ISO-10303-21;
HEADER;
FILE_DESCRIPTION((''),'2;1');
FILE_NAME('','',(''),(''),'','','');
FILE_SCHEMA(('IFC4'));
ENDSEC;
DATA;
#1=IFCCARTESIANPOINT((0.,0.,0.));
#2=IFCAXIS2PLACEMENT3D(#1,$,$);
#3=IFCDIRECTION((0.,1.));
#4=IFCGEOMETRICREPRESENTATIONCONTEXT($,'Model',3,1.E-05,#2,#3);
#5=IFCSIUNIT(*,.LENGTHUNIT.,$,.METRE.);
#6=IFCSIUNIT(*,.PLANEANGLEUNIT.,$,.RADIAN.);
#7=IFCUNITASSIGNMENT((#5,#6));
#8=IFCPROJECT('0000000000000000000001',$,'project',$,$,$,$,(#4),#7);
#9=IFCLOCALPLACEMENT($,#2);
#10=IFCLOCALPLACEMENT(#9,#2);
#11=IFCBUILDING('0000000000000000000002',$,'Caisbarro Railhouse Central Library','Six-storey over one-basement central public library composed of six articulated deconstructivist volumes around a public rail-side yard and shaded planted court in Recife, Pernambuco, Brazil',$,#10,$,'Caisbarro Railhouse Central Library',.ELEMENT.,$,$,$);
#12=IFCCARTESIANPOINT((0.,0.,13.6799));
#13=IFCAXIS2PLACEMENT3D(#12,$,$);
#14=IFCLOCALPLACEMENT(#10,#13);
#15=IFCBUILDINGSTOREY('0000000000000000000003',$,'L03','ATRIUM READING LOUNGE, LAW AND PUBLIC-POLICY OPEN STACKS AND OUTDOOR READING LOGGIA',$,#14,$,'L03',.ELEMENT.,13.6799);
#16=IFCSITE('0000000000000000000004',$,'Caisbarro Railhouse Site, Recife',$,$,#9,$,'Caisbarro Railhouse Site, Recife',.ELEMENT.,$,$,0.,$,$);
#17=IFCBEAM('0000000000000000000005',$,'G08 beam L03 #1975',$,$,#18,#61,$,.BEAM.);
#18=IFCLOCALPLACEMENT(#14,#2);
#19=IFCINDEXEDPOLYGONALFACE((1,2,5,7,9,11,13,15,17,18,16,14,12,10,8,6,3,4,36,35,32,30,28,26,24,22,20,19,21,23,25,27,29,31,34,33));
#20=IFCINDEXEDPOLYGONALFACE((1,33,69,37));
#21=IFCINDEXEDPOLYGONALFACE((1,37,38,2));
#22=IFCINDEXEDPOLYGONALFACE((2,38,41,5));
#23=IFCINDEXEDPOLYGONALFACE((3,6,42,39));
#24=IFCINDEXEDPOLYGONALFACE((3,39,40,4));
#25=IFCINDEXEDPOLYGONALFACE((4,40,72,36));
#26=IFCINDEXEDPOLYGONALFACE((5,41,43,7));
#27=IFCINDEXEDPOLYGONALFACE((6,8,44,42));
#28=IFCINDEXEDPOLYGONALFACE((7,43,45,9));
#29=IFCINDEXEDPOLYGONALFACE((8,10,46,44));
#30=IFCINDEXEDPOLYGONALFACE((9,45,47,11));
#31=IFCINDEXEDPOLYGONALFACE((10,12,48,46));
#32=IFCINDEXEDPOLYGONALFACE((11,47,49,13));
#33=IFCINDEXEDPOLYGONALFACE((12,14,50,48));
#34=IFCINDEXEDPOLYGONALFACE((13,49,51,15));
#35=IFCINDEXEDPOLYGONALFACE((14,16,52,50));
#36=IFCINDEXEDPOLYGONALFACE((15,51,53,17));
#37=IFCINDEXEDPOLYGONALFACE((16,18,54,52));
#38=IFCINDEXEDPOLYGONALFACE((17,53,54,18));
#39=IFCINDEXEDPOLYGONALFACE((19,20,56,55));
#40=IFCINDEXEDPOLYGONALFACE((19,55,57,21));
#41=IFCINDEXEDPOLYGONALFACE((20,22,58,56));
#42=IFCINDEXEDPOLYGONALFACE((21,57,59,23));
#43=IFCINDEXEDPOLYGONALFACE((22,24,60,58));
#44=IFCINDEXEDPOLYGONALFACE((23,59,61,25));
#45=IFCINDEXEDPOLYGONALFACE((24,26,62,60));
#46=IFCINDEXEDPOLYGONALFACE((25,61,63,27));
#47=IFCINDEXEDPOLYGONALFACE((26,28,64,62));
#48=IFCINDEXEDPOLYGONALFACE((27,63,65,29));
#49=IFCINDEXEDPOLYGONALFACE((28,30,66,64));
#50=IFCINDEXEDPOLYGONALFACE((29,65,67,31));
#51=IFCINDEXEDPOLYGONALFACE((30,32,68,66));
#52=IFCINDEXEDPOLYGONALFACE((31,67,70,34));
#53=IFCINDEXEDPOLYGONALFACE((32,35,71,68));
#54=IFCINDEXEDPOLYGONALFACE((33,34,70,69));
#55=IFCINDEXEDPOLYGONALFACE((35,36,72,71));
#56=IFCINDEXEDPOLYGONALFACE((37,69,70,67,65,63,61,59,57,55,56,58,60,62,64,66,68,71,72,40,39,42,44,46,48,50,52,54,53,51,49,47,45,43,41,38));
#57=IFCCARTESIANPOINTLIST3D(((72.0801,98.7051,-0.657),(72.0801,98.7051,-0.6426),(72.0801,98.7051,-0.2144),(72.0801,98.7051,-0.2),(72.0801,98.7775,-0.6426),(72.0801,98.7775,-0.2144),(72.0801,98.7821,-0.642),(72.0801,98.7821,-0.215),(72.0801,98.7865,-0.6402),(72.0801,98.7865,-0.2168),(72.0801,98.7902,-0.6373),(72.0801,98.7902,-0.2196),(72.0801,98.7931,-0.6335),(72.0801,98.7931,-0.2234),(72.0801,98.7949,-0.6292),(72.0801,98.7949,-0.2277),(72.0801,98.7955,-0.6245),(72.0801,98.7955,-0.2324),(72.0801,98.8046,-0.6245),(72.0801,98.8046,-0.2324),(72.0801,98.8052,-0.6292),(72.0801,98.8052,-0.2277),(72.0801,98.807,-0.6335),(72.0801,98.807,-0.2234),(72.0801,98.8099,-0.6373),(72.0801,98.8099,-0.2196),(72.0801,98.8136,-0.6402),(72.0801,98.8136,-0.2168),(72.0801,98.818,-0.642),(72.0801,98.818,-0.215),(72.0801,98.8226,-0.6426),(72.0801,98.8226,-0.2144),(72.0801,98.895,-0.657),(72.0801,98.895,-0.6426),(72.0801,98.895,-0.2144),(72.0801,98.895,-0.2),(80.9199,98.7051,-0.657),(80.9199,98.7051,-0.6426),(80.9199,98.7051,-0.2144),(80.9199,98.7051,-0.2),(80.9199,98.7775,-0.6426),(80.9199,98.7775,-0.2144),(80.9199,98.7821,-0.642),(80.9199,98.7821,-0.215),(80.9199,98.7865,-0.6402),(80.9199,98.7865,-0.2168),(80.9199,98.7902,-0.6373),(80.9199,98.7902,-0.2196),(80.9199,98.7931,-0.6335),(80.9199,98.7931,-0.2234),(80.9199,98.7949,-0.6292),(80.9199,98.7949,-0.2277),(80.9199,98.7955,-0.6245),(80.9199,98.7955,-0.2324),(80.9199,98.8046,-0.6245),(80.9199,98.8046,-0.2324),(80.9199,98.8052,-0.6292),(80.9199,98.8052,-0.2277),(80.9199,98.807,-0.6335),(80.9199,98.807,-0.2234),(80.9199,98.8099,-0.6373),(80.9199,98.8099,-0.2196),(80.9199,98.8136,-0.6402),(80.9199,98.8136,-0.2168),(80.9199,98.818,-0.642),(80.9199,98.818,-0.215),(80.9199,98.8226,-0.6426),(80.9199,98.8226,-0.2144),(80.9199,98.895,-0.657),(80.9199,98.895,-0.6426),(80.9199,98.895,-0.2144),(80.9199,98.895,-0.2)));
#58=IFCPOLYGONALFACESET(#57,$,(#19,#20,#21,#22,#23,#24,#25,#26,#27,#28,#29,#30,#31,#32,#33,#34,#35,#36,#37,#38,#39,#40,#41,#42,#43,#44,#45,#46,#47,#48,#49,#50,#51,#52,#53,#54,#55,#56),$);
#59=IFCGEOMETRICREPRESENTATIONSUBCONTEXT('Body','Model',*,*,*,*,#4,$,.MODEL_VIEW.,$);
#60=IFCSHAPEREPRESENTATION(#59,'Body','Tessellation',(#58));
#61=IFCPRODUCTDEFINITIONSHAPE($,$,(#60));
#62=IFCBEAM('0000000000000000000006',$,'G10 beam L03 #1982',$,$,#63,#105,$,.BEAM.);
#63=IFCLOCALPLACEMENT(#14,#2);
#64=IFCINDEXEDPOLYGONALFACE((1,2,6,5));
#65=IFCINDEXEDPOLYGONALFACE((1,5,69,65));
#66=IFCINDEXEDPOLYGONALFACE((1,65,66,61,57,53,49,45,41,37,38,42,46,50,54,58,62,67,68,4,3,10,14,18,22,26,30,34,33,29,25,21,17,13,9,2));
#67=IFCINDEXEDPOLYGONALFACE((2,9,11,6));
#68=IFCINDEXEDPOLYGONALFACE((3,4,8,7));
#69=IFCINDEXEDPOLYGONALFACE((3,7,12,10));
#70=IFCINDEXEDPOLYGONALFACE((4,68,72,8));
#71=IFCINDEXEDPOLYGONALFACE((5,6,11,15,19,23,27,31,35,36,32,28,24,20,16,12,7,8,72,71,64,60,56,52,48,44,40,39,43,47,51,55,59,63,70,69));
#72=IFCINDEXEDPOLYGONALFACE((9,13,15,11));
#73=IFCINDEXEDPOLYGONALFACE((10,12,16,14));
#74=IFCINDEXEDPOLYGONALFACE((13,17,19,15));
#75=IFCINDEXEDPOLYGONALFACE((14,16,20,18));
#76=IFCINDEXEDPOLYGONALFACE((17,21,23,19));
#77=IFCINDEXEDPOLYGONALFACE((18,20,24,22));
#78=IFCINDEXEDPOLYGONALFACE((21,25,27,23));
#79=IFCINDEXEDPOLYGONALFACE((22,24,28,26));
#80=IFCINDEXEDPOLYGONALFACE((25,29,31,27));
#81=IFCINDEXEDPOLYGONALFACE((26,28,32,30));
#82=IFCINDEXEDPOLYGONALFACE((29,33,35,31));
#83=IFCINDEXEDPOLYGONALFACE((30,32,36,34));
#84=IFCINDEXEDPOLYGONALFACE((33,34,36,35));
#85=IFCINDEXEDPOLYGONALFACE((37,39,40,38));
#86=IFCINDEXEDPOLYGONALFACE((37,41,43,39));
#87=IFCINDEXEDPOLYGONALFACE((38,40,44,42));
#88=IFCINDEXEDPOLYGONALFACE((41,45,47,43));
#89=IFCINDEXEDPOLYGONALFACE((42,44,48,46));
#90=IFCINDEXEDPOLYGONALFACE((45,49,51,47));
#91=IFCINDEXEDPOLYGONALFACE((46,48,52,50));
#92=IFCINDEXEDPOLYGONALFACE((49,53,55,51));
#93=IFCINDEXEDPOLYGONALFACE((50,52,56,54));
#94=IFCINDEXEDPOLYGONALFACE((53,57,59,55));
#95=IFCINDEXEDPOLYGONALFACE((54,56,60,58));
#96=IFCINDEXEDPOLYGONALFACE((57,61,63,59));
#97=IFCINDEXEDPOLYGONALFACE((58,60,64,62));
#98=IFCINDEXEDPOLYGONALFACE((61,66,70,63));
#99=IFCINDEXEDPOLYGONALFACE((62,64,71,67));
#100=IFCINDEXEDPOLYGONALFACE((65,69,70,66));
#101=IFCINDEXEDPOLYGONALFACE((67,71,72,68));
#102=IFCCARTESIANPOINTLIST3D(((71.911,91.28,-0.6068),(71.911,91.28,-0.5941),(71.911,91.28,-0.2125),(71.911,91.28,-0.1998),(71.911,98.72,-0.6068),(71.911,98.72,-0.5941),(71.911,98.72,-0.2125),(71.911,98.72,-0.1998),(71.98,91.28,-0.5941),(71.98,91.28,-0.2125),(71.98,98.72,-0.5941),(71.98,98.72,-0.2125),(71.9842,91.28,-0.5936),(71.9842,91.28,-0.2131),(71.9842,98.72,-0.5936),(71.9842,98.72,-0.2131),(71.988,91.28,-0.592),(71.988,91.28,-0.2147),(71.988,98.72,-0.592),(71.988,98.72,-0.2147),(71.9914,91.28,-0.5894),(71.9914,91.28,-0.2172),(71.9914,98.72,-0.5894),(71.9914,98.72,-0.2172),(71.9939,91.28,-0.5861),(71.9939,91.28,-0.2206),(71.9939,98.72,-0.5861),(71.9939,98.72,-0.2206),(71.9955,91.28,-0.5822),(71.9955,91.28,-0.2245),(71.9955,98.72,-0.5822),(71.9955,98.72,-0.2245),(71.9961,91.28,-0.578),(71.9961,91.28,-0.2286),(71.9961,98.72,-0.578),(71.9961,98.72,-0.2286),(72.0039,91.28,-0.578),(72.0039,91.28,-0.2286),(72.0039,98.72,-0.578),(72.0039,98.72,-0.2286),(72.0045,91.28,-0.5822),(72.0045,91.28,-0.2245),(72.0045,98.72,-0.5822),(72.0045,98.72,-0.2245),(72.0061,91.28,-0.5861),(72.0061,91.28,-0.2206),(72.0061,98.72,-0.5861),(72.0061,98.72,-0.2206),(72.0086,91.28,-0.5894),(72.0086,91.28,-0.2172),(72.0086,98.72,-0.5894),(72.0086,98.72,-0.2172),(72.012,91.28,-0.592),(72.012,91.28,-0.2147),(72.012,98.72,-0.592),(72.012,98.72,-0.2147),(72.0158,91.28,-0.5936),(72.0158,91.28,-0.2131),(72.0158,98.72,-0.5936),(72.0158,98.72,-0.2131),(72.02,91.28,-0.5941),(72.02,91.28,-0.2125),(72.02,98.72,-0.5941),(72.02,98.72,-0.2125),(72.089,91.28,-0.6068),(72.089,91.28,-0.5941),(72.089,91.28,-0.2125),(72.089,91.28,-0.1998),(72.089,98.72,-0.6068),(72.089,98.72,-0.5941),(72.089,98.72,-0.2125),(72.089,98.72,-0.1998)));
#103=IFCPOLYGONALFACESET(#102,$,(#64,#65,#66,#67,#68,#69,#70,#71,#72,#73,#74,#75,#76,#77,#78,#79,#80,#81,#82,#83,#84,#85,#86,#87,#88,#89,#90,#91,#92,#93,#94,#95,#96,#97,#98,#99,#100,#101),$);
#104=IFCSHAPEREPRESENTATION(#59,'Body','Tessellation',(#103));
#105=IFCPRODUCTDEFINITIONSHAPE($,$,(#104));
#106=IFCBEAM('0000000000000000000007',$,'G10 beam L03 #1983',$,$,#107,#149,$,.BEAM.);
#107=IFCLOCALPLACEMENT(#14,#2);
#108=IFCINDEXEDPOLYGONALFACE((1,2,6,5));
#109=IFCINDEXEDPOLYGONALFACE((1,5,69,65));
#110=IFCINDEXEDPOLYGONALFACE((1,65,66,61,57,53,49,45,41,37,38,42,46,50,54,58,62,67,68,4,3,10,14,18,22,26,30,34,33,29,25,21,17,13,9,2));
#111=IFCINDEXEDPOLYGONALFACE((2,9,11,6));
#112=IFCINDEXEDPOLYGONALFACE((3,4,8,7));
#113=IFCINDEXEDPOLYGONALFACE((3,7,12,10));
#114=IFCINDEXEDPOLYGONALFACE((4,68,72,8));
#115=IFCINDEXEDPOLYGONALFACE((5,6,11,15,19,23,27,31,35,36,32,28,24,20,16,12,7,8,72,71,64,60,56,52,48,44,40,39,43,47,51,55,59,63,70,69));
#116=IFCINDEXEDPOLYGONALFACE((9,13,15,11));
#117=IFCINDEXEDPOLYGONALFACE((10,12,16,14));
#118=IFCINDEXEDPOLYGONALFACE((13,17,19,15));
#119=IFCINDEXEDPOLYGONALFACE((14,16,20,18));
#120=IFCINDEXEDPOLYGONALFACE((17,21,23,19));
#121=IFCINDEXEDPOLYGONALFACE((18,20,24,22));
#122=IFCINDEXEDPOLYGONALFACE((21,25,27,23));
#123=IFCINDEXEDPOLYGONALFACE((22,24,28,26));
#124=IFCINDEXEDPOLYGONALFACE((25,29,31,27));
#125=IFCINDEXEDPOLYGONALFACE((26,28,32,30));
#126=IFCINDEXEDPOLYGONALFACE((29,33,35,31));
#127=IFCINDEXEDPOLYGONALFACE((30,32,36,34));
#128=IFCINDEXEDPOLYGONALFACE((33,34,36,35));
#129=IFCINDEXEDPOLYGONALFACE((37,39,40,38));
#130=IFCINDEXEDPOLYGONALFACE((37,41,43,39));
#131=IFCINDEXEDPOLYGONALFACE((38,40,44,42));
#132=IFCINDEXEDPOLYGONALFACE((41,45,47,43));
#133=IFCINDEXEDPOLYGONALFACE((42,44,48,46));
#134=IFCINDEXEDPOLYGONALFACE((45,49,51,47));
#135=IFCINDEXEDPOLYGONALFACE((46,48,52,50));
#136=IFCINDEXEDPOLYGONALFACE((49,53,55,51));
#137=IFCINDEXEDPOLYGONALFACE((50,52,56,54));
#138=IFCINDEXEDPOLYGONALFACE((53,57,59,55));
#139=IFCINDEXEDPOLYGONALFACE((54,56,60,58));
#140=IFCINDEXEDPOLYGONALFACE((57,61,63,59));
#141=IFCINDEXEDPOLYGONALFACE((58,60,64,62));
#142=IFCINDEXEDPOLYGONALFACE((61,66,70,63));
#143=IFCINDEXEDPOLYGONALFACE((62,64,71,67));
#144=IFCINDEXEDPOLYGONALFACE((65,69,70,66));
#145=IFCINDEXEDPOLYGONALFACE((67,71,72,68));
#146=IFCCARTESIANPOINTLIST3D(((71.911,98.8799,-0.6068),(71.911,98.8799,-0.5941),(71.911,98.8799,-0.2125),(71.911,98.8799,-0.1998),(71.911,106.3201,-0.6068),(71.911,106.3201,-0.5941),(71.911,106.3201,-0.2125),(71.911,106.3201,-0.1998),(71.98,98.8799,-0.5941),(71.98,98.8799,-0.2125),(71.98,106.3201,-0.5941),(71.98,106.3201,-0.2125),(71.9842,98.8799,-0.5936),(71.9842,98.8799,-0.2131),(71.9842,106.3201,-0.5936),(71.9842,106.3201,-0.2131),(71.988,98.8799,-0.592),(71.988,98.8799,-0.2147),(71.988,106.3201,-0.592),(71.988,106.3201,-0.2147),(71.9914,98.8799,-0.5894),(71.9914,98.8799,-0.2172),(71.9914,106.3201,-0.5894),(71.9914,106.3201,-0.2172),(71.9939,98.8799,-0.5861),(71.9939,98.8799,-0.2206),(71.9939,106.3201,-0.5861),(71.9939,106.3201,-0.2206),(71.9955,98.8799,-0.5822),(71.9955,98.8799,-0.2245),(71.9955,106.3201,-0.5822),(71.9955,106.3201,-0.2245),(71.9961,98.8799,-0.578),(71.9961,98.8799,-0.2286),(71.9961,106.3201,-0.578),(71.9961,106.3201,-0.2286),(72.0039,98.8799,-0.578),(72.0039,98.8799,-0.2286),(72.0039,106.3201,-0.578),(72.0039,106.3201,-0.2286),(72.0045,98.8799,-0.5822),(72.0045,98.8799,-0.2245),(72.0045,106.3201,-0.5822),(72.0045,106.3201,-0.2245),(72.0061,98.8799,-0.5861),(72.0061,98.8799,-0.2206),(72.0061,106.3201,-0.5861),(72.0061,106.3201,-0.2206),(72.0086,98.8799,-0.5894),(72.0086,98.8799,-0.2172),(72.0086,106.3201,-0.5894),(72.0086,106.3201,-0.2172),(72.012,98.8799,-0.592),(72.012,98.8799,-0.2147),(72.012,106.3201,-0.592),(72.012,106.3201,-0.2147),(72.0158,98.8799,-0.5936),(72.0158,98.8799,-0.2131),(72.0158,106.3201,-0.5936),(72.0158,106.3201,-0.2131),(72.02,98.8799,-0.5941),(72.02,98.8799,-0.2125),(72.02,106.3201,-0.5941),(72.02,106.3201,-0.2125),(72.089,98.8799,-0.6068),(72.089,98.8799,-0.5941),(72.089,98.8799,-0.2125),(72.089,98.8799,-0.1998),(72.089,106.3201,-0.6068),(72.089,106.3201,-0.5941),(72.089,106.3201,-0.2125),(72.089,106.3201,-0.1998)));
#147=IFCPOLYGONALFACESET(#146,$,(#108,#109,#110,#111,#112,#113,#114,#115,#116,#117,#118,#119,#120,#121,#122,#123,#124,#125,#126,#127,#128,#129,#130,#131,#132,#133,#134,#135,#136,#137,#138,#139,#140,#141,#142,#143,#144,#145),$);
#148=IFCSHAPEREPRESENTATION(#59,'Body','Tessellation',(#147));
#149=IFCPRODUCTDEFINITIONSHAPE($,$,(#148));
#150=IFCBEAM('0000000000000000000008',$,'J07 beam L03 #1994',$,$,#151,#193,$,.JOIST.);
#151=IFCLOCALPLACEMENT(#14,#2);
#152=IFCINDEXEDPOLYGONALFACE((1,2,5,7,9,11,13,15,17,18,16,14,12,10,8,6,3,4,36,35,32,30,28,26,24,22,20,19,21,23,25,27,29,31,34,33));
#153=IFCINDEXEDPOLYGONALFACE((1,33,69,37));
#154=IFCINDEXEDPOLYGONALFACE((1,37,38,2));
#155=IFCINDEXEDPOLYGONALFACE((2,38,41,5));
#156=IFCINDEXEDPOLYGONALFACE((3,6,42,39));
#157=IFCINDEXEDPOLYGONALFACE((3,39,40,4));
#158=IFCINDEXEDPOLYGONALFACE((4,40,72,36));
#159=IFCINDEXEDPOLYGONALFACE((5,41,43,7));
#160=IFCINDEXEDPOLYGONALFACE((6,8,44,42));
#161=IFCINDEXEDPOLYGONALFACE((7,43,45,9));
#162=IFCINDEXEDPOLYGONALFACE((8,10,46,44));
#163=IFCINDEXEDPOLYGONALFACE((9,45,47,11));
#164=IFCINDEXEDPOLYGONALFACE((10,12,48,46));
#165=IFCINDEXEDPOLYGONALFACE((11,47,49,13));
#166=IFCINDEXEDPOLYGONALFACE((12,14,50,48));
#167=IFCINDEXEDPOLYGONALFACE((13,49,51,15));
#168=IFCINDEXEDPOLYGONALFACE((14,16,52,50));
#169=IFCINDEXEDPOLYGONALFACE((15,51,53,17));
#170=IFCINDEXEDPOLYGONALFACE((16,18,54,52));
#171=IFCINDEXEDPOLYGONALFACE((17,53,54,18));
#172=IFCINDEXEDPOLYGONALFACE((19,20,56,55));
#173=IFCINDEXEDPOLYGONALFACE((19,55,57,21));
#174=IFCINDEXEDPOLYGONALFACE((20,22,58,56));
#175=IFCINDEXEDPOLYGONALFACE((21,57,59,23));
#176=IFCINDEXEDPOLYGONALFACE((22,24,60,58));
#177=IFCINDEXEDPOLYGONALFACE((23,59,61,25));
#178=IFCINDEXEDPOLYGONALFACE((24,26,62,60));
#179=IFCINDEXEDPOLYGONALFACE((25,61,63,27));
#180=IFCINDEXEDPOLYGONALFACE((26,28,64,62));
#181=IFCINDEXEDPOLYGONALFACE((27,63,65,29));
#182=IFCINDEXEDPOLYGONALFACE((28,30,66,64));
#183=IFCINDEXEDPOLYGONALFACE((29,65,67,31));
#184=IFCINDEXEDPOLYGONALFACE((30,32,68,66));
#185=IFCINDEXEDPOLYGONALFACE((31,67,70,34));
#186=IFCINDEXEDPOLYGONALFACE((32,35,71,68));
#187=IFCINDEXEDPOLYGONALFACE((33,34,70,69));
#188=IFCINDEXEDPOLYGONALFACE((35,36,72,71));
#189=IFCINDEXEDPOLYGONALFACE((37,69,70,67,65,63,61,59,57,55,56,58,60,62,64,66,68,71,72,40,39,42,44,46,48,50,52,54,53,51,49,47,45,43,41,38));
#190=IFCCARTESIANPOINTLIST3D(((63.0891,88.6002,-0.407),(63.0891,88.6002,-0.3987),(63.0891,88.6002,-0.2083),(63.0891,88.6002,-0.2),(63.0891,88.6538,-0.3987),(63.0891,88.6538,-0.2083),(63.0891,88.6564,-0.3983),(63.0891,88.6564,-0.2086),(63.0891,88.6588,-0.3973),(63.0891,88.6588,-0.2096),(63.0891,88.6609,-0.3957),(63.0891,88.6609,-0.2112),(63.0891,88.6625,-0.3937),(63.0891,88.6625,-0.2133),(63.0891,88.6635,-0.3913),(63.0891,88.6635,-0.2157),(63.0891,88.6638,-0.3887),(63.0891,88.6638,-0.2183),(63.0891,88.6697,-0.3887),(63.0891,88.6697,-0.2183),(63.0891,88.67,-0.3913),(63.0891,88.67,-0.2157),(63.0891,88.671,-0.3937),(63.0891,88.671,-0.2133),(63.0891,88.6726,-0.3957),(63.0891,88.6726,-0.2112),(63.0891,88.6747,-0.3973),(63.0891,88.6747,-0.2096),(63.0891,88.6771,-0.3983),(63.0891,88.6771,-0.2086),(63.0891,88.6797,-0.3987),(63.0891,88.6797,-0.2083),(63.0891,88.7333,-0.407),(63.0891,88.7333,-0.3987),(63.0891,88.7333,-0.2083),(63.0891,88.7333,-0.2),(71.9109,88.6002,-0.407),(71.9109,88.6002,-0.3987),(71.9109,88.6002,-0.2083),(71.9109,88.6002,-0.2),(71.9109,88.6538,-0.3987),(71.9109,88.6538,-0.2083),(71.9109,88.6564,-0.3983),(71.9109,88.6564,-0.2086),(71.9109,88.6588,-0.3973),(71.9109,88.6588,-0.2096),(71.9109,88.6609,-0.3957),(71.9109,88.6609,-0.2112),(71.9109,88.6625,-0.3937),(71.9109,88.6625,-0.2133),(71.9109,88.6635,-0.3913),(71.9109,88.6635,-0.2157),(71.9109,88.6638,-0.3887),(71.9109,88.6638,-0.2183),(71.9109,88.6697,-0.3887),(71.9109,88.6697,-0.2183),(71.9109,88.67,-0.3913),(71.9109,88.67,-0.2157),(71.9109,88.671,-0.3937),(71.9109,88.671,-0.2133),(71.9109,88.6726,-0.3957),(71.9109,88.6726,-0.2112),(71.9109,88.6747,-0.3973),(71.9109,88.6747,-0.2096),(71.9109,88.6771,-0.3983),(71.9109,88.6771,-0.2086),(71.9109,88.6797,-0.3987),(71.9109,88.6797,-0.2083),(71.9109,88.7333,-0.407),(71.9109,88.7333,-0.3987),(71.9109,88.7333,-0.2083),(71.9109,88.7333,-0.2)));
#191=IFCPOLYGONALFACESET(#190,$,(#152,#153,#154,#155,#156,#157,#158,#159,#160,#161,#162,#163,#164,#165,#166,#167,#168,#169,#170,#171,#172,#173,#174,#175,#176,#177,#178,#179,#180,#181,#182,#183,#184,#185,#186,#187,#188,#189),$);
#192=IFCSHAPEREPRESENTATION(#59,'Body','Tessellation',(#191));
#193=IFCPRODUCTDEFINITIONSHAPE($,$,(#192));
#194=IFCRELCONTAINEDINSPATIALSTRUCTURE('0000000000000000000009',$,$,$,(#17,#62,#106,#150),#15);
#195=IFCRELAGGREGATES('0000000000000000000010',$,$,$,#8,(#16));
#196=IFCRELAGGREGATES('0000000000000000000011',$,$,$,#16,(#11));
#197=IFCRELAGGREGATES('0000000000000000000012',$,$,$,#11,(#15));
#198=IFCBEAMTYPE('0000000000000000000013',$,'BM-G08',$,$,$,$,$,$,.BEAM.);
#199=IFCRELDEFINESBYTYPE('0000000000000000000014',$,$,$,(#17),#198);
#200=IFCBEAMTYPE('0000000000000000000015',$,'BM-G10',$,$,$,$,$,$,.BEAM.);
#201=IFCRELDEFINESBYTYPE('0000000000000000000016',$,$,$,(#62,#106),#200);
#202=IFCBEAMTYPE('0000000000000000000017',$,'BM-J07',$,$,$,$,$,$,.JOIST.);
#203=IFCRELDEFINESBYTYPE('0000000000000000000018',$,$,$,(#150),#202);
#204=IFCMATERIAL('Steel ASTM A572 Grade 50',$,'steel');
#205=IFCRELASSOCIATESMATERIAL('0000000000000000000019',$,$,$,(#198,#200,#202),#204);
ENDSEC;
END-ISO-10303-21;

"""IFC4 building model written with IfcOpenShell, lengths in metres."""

from ifc_helpers import new_model, si_unit, direction, frame, origin, origin_2d, place, context, subcontext, project, spatial, i_section, extrude, material, material_profile, profile_set, type_object, element, save


model = new_model("IFC4")

# Units and contexts
model_context = context("Model", 3, precision=1e-05, world=origin(), true_north=direction((0.0, 1.0)))
body_context = subcontext(model_context, "Body", "Model", "MODEL_VIEW")
ifc_project = project(units=[si_unit("LENGTHUNIT", "METRE"), si_unit("PLANEANGLEUNIT", "RADIAN")], contexts=[model_context])

# Site, building, storey
site_placement = place(None, origin())
site = spatial("IfcSite", under=ifc_project, at=site_placement, Name="Caisbarro Railhouse Site, Recife", LongName="Caisbarro Railhouse Site, Recife", CompositionType="ELEMENT", RefElevation=0.0)
building_placement = place(site_placement, origin())
building = spatial("IfcBuilding", under=site, at=building_placement, Name="Caisbarro Railhouse Central Library", Description="Six-storey over one-basement central public library composed of six articulated deconstructivist volumes around a public rail-side yard and shaded planted court in Recife, Pernambuco, Brazil", LongName="Caisbarro Railhouse Central Library", CompositionType="ELEMENT")
storey_placement = place(building_placement, frame((0.0, 0.0, 13.6799)))
storey = spatial("IfcBuildingStorey", under=building, at=storey_placement, Name="L03", Description="ATRIUM READING LOUNGE, LAW AND PUBLIC-POLICY OPEN STACKS AND OUTDOOR READING LOGGIA", LongName="L03", CompositionType="ELEMENT", Elevation=13.6799)

# Shared definitions
ifc_material_1 = material(Name="Steel ASTM A572 Grade 50", Category="steel")

# Beams
ifc_material_profile_1 = material_profile(ifc_material_1, i_section(OverallWidth=0.1899, OverallDepth=0.457, WebThickness=0.009, FlangeThickness=0.0144, FilletRadius=0.0181, at=origin_2d()), Name="W460X74.0")
ifc_profile_set_1 = profile_set([ifc_material_profile_1], Name="Steel ASTM A572 Grade 50")
beam_type_1 = type_object("IfcBeamType", Name="BM-G08", PredefinedType="BEAM", material=ifc_profile_set_1)
for number, where, z_axis, x_axis, name in (
    (1, (72.0801, 98.8, -0.4285), (1.0, 0.0, 0.0), (0.0, 1.0, 0.0), "G08 beam L03 #1975"),
):
    element("IfcBeam", number, at=place(storey_placement, frame(where, z_axis=z_axis, x_axis=x_axis)), inside=storey, type_object=beam_type_1, Name=name, PredefinedType="BEAM", context=body_context, shape_type="SweptSolid", body=[
        extrude(i_section(OverallWidth=0.1899, OverallDepth=0.457, WebThickness=0.009, FlangeThickness=0.0144, FilletRadius=0.0181, at=origin_2d()), origin(), (0.0, 0.0, 1.0), 8.8398),
    ])
ifc_material_profile_2 = material_profile(ifc_material_1, i_section(OverallWidth=0.178, OverallDepth=0.407, WebThickness=0.0078, FlangeThickness=0.0127, FilletRadius=0.0161, at=origin_2d()), Name="W410X60.0")
ifc_profile_set_2 = profile_set([ifc_material_profile_2], Name="Steel ASTM A572 Grade 50")
beam_type_2 = type_object("IfcBeamType", Name="BM-G10", PredefinedType="BEAM", material=ifc_profile_set_2)
beam_1_placement = place(storey_placement, frame((72.0, 91.28, -0.4033), z_axis=(0.0, 1.0, 0.0), x_axis=(-1.0, 0.0, 0.0)))
element("IfcBeam", 2, at=beam_1_placement, inside=storey, type_object=beam_type_2, Name="G10 beam L03 #1982", PredefinedType="BEAM", context=body_context, shape_type="SweptSolid", body=[
    extrude(i_section(OverallWidth=0.178, OverallDepth=0.407, WebThickness=0.0078, FlangeThickness=0.0127, FilletRadius=0.0161, at=origin_2d()), origin(), (0.0, 0.0, 1.0), 7.4399),
])
beam_2_placement = place(storey_placement, frame((72.0, 98.8799, -0.4033), z_axis=(0.0, 1.0, 0.0), x_axis=(-1.0, 0.0, 0.0)))
element("IfcBeam", 3, at=beam_2_placement, inside=storey, type_object=beam_type_2, Name="G10 beam L03 #1983", PredefinedType="BEAM", context=body_context, shape_type="SweptSolid", body=[
    extrude(i_section(OverallWidth=0.178, OverallDepth=0.407, WebThickness=0.0078, FlangeThickness=0.0127, FilletRadius=0.0161, at=origin_2d()), origin(), (0.0, 0.0, 1.0), 7.4402),
])
ifc_material_profile_3 = material_profile(ifc_material_1, i_section(OverallWidth=0.1331, OverallDepth=0.207, WebThickness=0.0059, FlangeThickness=0.0083, FilletRadius=0.01, at=origin_2d()), Name="W200X26.6")
ifc_profile_set_3 = profile_set([ifc_material_profile_3], Name="Steel ASTM A572 Grade 50")
beam_type_3 = type_object("IfcBeamType", Name="BM-J07", PredefinedType="JOIST", material=ifc_profile_set_3)
for number, where, z_axis, x_axis, name in (
    (4, (63.0891, 88.6667, -0.3035), (1.0, 0.0, 0.0), (0.0, 1.0, 0.0), "J07 beam L03 #1994"),
):
    element("IfcBeam", number, at=place(storey_placement, frame(where, z_axis=z_axis, x_axis=x_axis)), inside=storey, type_object=beam_type_3, Name=name, PredefinedType="JOIST", context=body_context, shape_type="SweptSolid", body=[
        extrude(i_section(OverallWidth=0.1331, OverallDepth=0.207, WebThickness=0.0059, FlangeThickness=0.0083, FilletRadius=0.01, at=origin_2d()), origin(), (0.0, 0.0, 1.0), 8.8218),
    ])

save(model, "model.ifc")
